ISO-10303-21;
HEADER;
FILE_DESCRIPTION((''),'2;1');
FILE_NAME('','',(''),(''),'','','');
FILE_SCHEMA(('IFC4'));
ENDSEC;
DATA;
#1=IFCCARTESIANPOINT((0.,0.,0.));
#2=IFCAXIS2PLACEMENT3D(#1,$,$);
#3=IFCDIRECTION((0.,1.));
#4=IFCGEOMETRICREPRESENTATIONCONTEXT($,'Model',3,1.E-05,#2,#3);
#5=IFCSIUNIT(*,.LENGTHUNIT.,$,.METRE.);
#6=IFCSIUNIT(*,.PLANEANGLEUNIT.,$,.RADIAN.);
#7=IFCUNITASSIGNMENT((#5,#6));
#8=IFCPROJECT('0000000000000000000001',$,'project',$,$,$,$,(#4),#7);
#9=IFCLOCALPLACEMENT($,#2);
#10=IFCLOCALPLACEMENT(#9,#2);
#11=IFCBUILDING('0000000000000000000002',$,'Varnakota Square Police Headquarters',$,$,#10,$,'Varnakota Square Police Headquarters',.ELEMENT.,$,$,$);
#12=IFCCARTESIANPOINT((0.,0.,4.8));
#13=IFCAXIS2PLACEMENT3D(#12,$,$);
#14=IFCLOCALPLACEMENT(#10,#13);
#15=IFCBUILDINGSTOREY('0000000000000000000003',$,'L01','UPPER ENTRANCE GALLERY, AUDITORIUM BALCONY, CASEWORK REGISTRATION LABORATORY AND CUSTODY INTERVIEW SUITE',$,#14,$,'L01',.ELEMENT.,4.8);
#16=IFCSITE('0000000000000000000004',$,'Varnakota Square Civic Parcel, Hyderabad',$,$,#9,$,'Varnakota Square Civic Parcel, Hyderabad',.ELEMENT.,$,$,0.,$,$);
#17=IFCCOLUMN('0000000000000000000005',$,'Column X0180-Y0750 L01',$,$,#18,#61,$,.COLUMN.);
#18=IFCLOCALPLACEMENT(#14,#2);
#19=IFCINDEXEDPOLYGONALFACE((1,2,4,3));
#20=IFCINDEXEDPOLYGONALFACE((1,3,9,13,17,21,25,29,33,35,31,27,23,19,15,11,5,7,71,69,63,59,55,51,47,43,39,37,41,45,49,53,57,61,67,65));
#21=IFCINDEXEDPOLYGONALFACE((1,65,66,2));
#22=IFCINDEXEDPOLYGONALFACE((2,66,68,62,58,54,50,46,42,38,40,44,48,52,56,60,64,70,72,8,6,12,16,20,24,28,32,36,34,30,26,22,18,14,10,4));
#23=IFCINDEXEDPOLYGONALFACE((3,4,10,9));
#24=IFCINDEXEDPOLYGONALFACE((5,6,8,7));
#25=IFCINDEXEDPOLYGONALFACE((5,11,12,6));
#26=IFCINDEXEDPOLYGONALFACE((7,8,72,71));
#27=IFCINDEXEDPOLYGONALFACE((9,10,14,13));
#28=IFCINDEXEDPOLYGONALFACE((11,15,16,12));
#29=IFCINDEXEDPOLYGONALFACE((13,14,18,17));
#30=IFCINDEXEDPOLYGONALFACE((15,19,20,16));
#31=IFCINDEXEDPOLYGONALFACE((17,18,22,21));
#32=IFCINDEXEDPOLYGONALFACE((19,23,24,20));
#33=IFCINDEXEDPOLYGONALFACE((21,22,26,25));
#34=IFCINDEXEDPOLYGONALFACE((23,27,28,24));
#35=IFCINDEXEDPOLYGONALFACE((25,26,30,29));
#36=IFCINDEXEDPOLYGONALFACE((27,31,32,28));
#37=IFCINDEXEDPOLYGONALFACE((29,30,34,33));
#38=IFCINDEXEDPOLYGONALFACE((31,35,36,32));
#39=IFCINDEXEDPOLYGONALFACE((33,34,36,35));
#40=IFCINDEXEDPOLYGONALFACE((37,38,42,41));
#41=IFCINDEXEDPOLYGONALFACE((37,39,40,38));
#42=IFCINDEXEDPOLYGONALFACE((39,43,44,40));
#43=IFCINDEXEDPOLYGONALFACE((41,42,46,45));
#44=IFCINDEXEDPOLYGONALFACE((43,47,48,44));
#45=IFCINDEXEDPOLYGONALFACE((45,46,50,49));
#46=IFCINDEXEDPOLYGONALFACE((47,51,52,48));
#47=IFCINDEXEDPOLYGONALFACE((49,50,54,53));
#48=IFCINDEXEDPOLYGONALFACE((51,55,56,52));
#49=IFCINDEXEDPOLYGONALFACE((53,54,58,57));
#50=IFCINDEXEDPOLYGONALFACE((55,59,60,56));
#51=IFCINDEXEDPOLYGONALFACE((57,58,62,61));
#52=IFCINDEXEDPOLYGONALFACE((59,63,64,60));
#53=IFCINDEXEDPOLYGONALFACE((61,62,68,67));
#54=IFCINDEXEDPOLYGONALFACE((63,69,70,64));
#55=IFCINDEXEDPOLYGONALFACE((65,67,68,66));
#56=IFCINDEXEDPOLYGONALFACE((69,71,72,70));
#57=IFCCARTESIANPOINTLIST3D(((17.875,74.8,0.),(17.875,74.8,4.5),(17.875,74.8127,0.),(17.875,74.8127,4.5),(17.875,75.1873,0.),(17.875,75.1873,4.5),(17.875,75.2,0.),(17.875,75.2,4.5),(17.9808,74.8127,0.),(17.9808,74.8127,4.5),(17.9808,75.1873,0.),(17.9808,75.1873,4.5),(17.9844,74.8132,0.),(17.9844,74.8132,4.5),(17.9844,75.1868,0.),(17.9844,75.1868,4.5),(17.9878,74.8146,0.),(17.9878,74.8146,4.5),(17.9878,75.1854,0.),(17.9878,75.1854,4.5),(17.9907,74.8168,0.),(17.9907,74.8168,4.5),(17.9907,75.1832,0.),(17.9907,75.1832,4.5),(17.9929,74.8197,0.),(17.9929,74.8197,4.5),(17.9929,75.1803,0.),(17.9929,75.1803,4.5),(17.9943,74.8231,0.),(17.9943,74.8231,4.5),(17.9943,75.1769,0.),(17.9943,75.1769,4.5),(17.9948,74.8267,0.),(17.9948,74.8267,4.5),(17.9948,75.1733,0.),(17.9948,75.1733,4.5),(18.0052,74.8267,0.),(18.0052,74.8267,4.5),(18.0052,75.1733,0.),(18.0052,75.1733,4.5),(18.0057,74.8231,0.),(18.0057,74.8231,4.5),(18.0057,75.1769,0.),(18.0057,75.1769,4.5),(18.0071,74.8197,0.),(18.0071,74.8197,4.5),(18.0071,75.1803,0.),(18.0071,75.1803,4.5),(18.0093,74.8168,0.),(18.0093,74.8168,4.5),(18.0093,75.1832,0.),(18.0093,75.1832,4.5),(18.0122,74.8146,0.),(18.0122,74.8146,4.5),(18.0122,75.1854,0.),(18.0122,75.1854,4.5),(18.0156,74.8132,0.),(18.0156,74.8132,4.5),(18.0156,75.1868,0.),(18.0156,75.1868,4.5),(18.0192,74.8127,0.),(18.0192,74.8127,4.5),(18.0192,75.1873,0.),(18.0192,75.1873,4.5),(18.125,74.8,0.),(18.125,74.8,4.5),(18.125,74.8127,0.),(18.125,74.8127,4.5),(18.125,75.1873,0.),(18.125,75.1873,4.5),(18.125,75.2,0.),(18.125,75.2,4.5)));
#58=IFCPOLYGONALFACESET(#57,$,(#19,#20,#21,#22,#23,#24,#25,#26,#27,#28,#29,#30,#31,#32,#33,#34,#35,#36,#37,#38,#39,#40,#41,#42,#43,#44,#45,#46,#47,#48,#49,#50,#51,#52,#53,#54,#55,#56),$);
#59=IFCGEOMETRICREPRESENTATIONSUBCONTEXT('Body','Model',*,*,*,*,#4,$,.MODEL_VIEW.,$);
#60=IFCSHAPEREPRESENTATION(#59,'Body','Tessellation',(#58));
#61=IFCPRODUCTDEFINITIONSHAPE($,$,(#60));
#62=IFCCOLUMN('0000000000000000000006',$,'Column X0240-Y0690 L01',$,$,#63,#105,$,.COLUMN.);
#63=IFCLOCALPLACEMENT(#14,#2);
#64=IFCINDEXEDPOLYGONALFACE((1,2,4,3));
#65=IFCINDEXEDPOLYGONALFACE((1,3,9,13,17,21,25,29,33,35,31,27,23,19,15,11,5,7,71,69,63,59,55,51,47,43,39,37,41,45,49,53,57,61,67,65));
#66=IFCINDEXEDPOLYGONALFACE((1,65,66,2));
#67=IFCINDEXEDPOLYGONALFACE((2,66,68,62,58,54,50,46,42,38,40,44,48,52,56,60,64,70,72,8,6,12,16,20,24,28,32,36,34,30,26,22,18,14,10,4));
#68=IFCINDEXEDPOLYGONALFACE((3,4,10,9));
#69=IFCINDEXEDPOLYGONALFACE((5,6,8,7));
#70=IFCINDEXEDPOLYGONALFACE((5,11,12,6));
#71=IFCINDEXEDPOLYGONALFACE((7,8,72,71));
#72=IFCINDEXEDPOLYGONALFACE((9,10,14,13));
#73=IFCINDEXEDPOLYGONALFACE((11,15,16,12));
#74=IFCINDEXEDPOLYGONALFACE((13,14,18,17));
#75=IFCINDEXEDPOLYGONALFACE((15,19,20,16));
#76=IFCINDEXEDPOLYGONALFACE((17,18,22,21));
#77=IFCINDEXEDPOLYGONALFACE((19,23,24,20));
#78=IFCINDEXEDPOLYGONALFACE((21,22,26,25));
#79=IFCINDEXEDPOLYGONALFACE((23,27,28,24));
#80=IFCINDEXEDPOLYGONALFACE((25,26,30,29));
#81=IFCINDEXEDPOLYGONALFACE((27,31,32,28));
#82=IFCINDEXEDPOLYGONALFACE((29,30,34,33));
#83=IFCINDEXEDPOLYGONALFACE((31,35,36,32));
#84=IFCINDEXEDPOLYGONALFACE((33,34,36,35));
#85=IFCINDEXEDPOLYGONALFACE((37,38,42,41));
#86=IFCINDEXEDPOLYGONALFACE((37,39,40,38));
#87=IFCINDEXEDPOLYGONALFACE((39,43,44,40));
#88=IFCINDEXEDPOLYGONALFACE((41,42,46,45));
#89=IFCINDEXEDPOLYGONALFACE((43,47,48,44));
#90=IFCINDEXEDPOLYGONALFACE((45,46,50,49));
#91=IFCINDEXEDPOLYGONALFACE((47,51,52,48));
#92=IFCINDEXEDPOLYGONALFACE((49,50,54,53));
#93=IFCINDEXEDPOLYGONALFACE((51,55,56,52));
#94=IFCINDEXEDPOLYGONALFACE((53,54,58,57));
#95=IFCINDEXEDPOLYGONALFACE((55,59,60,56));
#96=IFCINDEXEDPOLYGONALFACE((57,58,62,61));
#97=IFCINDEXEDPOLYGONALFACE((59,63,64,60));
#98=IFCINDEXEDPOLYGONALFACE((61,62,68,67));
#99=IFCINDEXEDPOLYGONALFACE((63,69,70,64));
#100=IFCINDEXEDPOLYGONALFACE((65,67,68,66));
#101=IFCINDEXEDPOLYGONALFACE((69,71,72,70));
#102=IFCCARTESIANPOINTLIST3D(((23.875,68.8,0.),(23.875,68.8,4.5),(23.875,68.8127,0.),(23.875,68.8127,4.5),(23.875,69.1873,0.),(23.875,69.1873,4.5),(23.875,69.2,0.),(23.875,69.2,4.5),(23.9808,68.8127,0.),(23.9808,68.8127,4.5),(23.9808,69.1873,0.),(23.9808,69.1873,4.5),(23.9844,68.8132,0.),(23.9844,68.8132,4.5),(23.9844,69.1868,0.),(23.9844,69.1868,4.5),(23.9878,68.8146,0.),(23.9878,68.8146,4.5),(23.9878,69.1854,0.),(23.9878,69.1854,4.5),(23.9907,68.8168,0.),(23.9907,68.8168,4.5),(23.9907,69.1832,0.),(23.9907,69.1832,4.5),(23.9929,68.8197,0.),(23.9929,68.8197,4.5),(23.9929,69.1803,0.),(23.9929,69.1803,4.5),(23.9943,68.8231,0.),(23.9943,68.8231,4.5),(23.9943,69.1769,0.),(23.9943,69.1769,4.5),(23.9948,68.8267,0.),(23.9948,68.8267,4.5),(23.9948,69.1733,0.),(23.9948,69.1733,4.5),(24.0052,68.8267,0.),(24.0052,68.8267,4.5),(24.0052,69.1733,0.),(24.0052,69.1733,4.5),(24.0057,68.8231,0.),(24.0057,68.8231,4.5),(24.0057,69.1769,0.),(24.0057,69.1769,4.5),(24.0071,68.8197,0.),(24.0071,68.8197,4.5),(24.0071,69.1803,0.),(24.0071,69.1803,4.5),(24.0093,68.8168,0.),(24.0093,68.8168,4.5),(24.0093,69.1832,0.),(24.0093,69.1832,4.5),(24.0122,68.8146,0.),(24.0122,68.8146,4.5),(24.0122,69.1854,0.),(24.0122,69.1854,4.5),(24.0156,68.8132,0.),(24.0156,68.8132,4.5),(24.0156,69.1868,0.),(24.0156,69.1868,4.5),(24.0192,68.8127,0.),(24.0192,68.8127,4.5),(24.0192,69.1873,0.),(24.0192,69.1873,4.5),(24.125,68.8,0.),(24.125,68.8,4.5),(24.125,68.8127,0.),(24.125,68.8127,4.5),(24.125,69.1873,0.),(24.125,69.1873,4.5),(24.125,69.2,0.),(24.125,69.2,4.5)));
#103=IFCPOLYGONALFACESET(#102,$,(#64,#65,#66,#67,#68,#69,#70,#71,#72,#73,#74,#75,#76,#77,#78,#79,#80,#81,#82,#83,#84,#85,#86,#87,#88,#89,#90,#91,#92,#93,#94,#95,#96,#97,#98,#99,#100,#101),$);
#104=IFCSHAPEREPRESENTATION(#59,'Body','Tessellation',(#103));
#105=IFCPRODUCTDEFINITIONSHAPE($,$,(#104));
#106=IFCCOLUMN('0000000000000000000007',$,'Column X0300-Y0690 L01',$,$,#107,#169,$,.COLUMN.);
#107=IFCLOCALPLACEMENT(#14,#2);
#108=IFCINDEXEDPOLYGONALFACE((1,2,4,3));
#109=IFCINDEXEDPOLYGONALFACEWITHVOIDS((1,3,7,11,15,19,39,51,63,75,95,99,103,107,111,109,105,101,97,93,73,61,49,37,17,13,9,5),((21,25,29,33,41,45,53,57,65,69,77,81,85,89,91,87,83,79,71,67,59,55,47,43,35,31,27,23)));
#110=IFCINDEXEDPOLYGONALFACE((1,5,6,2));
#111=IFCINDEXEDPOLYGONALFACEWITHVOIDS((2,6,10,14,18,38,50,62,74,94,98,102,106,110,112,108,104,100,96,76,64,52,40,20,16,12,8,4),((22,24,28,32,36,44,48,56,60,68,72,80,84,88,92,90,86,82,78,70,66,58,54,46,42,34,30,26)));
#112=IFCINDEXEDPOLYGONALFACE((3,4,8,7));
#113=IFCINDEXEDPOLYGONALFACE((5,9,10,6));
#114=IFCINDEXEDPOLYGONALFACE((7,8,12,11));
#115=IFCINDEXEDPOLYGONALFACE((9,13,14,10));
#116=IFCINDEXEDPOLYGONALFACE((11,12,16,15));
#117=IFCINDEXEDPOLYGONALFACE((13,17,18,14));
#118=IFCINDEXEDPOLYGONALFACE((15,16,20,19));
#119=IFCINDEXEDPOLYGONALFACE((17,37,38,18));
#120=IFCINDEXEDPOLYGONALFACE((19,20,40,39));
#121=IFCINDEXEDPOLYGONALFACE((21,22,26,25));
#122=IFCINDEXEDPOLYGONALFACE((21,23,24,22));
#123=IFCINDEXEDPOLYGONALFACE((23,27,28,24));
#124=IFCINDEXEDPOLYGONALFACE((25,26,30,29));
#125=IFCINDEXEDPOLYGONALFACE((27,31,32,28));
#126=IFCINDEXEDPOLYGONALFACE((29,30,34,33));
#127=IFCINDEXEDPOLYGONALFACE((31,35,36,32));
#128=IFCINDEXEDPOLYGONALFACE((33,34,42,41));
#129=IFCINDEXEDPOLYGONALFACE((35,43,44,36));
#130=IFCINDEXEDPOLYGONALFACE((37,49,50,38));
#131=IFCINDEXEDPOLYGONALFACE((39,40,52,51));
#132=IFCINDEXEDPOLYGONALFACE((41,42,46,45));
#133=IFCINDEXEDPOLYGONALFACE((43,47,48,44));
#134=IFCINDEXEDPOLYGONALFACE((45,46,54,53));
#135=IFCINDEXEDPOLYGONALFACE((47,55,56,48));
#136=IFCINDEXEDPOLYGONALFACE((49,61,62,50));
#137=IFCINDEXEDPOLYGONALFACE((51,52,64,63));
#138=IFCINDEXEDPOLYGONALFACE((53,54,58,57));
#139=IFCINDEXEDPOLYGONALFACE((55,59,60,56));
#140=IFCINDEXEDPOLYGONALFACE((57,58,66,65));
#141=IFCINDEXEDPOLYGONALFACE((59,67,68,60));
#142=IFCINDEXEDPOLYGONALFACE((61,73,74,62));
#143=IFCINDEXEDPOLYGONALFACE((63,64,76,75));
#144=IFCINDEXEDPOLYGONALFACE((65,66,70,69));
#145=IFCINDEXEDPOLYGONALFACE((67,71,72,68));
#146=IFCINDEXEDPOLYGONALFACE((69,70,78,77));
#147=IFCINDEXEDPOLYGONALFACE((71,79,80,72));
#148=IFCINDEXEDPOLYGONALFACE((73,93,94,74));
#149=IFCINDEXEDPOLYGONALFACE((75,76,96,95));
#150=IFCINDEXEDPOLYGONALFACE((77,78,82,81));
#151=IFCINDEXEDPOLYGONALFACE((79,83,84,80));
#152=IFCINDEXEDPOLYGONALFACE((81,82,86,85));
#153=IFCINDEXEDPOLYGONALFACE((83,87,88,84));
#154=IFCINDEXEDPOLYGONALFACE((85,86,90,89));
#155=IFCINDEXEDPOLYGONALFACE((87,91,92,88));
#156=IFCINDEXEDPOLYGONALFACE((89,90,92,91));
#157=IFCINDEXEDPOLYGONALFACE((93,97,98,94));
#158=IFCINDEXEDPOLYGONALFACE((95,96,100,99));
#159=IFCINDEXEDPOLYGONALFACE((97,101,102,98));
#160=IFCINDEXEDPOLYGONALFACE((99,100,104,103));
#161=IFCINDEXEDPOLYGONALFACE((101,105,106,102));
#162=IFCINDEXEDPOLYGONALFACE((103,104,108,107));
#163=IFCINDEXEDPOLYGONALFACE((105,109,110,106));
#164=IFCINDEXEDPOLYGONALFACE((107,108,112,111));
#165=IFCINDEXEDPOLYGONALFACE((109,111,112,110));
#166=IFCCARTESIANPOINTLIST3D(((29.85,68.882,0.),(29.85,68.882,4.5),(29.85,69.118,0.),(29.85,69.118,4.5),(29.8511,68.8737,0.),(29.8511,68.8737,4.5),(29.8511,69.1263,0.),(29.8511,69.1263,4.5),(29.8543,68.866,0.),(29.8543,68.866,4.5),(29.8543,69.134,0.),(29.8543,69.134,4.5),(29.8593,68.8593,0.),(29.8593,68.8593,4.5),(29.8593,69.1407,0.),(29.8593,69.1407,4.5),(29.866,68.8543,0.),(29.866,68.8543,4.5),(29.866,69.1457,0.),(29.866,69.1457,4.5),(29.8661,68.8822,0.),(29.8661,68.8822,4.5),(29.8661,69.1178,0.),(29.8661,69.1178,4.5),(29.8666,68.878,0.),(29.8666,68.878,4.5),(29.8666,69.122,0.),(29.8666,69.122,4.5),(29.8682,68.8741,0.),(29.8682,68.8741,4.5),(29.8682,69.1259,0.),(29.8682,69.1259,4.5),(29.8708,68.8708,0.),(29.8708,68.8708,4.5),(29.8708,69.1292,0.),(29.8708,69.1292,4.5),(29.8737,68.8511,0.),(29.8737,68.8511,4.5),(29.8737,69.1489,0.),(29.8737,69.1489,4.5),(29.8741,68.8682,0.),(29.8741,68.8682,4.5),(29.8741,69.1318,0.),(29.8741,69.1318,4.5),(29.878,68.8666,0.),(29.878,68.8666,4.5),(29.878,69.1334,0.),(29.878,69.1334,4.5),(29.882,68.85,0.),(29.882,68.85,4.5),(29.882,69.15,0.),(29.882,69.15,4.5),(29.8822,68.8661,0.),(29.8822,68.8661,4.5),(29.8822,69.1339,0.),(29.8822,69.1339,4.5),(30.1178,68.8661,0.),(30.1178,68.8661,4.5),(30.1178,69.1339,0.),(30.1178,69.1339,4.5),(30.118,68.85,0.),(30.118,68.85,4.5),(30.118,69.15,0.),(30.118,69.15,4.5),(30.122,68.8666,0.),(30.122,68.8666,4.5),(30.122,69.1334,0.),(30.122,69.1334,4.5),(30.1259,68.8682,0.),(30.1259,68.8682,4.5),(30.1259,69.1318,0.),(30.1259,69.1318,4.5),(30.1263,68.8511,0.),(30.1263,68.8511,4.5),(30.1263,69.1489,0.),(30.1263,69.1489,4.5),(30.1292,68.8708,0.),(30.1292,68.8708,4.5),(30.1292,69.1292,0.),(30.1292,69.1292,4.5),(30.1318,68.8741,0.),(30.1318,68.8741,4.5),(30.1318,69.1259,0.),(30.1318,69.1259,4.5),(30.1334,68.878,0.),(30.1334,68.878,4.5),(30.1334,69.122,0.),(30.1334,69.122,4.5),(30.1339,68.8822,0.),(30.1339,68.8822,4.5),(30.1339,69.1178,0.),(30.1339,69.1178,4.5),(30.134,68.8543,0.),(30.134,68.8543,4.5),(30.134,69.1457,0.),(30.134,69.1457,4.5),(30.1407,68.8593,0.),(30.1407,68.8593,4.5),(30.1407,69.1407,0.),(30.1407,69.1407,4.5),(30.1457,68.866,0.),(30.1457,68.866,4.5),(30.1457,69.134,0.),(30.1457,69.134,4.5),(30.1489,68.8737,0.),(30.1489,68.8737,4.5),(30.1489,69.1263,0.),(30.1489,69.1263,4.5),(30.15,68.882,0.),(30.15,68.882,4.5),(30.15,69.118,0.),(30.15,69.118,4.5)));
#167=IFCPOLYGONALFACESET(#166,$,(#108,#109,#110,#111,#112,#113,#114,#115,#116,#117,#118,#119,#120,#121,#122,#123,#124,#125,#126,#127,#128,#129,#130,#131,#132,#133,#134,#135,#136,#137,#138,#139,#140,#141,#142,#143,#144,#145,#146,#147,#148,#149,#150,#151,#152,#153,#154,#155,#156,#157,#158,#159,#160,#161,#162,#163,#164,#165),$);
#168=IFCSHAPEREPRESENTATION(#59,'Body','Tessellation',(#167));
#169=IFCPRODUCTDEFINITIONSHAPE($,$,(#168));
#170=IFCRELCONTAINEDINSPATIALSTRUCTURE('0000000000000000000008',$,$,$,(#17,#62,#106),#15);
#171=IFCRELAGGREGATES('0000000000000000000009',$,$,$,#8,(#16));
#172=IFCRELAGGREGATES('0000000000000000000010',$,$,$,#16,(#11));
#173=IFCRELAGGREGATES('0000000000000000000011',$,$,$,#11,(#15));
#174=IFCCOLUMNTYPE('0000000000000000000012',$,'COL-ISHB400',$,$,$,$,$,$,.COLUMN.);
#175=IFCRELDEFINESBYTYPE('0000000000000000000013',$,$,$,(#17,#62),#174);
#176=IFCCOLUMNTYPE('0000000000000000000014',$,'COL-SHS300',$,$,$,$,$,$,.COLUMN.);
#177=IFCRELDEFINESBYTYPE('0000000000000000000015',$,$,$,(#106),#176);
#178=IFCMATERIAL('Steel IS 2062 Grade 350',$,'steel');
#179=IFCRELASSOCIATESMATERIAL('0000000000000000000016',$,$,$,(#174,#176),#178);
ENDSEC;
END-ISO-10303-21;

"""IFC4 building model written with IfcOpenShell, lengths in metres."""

from ifc_helpers import new_model, si_unit, direction, frame, origin, origin_2d, place, context, subcontext, project, spatial, hollow_rectangle, i_section, extrude, material, material_profile, profile_set, type_object, element, save


model = new_model("IFC4")

# Units and contexts
model_context = context("Model", 3, precision=1e-05, world=origin(), true_north=direction((0.0, 1.0)))
body_context = subcontext(model_context, "Body", "Model", "MODEL_VIEW")
ifc_project = project(units=[si_unit("LENGTHUNIT", "METRE"), si_unit("PLANEANGLEUNIT", "RADIAN")], contexts=[model_context])

# Site, building, storey
site_placement = place(None, origin())
site = spatial("IfcSite", under=ifc_project, at=site_placement, Name="Varnakota Square Civic Parcel, Hyderabad", LongName="Varnakota Square Civic Parcel, Hyderabad", CompositionType="ELEMENT", RefElevation=0.0)
building_placement = place(site_placement, origin())
building = spatial("IfcBuilding", under=site, at=building_placement, Name="Varnakota Square Police Headquarters", LongName="Varnakota Square Police Headquarters", CompositionType="ELEMENT")
storey_placement = place(building_placement, frame((0.0, 0.0, 4.8)))
storey = spatial("IfcBuildingStorey", under=building, at=storey_placement, Name="L01", Description="UPPER ENTRANCE GALLERY, AUDITORIUM BALCONY, CASEWORK REGISTRATION LABORATORY AND CUSTODY INTERVIEW SUITE", LongName="L01", CompositionType="ELEMENT", Elevation=4.8)

# Columns
ifc_material_1 = material(Name="Steel IS 2062 Grade 350", Category="steel")
ifc_material_profile_1 = material_profile(ifc_material_1, i_section(OverallWidth=0.25, OverallDepth=0.3999, WebThickness=0.0105, FlangeThickness=0.0127, FilletRadius=0.0139, at=origin_2d()), Name="ISHB 400")
ifc_profile_set_1 = profile_set([ifc_material_profile_1], Name="Steel IS 2062 Grade 350")
column_type_1 = type_object("IfcColumnType", Name="COL-ISHB400", PredefinedType="COLUMN", material=ifc_profile_set_1)
for number, where, z_axis, x_axis, name in (
    (1, (18.0, 75.0, 0.0), (0.0, 0.0, 1.0), (1.0, 0.0, 0.0), "Column X0180-Y0750 L01"),
    (2, (24.0, 69.0, 0.0), (0.0, 0.0, 1.0), (1.0, 0.0, 0.0), "Column X0240-Y0690 L01"),
):
    element("IfcColumn", number, at=place(storey_placement, frame(where, z_axis=z_axis, x_axis=x_axis)), inside=storey, type_object=column_type_1, Name=name, PredefinedType="COLUMN", context=body_context, shape_type="SweptSolid", body=[
        extrude(i_section(OverallWidth=0.25, OverallDepth=0.3999, WebThickness=0.0105, FlangeThickness=0.0127, FilletRadius=0.0139, at=origin_2d()), origin(), (0.0, 0.0, 1.0), 4.5),
    ])
ifc_material_profile_2 = material_profile(ifc_material_1, hollow_rectangle(XDim=0.3, YDim=0.3, WallThickness=0.0161, InnerFilletRadius=0.0161, OuterFilletRadius=0.032, at=origin_2d()), Name="SHS 300x300x16")
ifc_profile_set_2 = profile_set([ifc_material_profile_2], Name="Steel IS 2062 Grade 350")
column_type_2 = type_object("IfcColumnType", Name="COL-SHS300", PredefinedType="COLUMN", material=ifc_profile_set_2)
for number, where, z_axis, x_axis, name in (
    (3, (30.0, 69.0, 0.0), (0.0, 0.0, 1.0), (1.0, 0.0, 0.0), "Column X0300-Y0690 L01"),
):
    element("IfcColumn", number, at=place(storey_placement, frame(where, z_axis=z_axis, x_axis=x_axis)), inside=storey, type_object=column_type_2, Name=name, PredefinedType="COLUMN", context=body_context, shape_type="SweptSolid", body=[
        extrude(hollow_rectangle(XDim=0.3, YDim=0.3, WallThickness=0.0161, InnerFilletRadius=0.0161, OuterFilletRadius=0.032, at=origin_2d()), origin(), (0.0, 0.0, 1.0), 4.5),
    ])

save(model, "model.ifc")
